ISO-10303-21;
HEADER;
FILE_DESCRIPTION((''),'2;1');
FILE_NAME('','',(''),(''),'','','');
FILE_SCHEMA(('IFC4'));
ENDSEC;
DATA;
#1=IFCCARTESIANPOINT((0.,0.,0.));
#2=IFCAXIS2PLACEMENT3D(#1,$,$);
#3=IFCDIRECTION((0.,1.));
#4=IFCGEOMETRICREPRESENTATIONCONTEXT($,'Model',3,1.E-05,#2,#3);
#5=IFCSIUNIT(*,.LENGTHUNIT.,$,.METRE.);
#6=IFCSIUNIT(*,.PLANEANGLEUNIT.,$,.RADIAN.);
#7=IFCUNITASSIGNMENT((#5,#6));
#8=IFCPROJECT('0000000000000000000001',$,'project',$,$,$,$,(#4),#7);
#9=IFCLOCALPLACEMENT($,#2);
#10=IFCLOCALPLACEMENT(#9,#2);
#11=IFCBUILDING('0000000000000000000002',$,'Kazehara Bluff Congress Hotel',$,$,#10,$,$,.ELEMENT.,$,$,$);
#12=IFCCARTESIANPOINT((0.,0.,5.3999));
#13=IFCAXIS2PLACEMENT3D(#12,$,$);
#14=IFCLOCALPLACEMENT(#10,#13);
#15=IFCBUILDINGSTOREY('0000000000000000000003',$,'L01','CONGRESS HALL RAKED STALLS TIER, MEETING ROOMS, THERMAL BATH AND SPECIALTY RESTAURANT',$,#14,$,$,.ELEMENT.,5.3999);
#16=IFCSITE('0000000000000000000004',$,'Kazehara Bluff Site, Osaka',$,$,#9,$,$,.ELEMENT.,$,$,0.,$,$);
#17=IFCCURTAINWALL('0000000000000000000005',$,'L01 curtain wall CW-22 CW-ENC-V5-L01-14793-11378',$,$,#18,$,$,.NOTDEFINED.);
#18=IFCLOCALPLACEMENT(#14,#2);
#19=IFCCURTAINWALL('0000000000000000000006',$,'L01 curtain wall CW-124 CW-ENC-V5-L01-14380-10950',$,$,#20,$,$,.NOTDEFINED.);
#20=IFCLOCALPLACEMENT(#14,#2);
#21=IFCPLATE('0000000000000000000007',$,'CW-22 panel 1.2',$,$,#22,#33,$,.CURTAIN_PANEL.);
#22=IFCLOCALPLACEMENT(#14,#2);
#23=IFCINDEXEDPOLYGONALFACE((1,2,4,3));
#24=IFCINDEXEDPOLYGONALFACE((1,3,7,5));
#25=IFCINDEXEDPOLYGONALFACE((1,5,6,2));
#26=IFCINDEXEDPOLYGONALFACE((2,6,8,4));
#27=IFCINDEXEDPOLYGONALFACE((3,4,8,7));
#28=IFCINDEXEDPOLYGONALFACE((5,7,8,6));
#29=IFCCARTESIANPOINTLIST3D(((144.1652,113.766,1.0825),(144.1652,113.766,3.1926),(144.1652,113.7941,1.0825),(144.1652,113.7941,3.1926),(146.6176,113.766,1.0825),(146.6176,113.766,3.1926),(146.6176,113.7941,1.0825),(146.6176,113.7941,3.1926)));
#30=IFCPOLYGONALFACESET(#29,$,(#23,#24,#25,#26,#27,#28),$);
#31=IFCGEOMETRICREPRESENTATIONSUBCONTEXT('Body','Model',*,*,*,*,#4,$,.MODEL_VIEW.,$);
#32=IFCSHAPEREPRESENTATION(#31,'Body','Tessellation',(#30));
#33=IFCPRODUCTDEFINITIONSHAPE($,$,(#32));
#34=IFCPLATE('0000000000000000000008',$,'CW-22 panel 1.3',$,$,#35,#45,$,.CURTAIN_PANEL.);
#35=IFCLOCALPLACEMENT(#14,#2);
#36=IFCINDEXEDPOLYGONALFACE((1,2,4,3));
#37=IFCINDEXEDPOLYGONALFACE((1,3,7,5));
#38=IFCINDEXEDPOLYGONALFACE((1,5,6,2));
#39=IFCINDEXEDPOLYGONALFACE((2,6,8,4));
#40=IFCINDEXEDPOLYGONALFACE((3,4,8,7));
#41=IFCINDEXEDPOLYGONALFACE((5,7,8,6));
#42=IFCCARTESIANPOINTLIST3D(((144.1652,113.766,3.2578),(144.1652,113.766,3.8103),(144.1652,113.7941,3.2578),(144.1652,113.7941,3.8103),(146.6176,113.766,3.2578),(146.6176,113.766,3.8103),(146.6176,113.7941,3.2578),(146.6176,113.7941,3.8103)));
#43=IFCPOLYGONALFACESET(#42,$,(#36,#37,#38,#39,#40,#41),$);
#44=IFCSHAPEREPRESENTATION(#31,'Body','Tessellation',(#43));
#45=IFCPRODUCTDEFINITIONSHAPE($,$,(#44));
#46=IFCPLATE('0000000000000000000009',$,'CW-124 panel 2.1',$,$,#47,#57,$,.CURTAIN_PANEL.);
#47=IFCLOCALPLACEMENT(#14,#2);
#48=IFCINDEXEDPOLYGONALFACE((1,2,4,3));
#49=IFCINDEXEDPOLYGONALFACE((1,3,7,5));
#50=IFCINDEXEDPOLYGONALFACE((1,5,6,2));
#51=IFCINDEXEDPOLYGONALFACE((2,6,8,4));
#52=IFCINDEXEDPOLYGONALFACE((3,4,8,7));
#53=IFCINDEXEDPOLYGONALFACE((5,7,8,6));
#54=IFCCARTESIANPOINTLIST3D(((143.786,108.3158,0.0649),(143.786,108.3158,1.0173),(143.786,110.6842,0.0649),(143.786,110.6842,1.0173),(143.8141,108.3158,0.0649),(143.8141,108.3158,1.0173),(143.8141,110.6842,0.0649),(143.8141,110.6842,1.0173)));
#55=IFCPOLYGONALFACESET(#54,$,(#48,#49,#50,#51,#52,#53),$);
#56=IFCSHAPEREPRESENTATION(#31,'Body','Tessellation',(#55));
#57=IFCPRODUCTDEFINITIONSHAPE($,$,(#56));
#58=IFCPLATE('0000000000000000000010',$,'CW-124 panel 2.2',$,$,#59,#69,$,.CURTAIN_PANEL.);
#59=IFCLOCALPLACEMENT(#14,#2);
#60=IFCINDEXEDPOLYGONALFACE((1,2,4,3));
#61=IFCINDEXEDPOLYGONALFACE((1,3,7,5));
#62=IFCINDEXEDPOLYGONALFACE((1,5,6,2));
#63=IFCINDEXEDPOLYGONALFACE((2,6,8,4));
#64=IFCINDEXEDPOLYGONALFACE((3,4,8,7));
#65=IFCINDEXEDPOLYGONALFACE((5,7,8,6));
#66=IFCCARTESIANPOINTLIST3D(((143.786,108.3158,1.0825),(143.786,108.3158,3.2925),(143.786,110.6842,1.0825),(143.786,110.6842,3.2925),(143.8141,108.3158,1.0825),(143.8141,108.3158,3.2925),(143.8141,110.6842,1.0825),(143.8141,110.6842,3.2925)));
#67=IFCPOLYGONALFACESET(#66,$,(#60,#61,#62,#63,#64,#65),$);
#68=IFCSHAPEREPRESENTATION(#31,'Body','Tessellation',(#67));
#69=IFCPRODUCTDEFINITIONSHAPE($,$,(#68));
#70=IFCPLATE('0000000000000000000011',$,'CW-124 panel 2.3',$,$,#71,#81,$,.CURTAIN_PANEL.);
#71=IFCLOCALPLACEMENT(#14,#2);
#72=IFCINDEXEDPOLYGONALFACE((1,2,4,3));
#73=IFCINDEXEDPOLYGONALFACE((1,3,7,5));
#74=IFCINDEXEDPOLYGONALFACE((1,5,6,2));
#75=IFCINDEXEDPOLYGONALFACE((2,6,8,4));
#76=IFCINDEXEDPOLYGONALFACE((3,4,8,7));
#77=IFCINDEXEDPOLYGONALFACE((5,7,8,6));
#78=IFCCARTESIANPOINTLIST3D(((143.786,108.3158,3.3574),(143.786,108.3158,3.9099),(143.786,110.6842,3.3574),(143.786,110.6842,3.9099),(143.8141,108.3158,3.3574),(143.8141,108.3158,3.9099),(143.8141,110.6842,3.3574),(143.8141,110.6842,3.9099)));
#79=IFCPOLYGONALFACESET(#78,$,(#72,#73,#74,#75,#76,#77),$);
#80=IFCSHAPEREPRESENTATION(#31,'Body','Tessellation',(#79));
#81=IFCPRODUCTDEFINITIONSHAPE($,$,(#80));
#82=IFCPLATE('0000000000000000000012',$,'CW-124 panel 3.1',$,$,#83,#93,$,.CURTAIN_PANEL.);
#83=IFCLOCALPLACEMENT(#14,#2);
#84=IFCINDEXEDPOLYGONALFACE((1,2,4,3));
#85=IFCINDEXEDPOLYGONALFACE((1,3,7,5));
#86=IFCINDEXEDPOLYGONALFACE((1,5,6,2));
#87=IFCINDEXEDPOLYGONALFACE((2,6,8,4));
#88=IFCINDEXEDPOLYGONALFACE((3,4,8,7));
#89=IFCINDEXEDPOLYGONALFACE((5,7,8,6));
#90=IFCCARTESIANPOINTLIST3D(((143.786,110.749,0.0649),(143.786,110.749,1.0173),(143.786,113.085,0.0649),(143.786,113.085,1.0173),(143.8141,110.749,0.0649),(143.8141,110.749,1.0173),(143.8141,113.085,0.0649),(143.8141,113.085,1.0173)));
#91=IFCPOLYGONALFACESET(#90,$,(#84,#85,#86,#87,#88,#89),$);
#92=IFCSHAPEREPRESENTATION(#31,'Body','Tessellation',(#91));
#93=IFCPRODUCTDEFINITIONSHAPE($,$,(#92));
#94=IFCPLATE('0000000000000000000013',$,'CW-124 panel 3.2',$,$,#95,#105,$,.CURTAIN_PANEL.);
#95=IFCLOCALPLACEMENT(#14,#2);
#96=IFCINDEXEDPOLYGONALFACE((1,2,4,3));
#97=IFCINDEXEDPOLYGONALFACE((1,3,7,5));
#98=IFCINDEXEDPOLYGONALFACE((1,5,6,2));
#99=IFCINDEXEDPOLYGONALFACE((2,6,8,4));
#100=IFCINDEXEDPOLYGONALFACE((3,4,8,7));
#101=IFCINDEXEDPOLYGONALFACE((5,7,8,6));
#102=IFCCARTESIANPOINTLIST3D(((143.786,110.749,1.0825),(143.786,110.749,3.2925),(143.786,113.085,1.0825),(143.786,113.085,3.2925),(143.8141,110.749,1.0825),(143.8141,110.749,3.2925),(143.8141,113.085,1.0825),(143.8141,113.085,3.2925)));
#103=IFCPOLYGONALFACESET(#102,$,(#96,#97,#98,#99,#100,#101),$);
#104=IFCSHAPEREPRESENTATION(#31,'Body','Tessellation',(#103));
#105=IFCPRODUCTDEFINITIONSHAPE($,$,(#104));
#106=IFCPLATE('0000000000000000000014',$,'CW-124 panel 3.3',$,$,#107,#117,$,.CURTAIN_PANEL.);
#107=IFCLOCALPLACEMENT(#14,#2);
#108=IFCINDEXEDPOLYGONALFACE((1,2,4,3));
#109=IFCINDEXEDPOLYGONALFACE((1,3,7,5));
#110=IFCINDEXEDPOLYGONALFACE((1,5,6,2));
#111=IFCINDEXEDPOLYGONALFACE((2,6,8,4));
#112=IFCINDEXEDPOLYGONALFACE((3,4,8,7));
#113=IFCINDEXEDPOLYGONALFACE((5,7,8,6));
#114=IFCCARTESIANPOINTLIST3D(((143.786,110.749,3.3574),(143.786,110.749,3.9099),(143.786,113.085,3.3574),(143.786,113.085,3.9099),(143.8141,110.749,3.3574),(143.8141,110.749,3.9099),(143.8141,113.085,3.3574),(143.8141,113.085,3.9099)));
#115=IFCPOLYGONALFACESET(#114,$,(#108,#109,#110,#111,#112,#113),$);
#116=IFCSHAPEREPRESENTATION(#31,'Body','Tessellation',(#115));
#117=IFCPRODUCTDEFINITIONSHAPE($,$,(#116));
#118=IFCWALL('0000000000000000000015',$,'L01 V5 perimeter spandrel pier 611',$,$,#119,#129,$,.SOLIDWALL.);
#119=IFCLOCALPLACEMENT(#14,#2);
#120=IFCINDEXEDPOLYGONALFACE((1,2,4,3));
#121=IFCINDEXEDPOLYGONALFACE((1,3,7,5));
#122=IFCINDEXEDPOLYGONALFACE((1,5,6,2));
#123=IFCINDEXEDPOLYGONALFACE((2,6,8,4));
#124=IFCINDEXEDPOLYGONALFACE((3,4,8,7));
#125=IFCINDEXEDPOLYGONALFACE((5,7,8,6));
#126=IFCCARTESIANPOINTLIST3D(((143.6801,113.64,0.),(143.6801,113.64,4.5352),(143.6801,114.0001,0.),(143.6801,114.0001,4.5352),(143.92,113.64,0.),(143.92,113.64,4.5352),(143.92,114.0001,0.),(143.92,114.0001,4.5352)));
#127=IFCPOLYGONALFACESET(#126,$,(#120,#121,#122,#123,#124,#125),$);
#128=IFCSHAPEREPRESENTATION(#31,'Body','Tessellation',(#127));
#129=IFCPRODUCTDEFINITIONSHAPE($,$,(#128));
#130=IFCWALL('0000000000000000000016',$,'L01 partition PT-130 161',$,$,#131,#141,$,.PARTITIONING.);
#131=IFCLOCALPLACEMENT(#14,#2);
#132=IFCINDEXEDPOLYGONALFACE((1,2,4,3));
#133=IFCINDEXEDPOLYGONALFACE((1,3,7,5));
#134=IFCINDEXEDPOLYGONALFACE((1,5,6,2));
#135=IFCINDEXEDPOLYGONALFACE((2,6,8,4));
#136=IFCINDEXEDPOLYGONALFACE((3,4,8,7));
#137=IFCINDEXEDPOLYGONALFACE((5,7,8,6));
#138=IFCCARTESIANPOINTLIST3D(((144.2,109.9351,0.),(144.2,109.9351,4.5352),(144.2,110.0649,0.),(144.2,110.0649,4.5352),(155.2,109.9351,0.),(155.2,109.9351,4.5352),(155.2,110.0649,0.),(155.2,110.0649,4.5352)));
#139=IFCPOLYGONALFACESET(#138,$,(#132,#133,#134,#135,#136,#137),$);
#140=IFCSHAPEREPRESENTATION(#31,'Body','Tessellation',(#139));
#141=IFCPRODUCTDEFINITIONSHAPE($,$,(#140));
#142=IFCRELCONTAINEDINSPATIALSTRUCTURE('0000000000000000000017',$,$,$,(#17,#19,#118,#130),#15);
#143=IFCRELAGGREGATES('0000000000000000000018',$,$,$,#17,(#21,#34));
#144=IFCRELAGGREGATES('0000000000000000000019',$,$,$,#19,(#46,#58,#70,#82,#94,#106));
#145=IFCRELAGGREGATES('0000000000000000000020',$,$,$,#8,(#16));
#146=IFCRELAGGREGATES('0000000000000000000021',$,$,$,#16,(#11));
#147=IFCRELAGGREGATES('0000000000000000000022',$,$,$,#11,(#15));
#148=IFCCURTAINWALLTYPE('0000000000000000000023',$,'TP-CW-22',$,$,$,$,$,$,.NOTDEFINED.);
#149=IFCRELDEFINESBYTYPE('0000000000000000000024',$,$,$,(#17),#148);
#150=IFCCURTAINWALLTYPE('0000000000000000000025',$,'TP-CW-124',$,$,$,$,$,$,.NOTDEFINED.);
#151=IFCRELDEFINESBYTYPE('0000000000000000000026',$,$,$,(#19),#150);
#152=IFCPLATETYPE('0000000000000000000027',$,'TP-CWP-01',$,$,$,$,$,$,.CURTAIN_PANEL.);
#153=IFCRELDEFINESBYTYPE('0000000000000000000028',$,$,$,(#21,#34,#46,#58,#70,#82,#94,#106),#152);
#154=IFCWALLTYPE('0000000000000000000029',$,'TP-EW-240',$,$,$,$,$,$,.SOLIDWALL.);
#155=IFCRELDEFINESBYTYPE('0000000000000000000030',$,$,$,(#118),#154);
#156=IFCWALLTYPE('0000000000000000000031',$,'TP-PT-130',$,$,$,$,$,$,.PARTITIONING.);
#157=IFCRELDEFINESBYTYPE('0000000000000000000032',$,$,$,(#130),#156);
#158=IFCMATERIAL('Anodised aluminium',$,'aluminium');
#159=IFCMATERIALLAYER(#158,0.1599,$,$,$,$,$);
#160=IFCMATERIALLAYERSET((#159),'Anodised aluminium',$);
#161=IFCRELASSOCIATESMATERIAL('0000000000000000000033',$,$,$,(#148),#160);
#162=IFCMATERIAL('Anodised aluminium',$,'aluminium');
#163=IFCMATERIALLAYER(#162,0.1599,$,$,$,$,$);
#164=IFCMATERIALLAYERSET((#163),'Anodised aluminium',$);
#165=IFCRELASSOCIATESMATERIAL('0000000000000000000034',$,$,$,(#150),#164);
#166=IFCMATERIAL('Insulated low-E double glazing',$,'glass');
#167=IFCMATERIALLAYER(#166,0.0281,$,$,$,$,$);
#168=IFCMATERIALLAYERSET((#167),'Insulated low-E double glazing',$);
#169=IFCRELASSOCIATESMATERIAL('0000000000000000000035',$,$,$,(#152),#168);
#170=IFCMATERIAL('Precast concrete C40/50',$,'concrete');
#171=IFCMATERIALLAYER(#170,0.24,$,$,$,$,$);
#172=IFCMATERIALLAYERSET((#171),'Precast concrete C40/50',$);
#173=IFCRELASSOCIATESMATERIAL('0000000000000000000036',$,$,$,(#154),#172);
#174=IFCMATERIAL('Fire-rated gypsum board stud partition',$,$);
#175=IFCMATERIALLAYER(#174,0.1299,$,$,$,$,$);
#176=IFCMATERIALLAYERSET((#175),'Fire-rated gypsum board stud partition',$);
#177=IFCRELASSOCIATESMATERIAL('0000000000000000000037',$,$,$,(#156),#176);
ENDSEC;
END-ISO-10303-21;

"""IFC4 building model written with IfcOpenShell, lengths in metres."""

from ifc_helpers import new_model, si_unit, direction, frame, frame_2d, origin, origin_2d, place, context, subcontext, project, spatial, rectangle, extrude, material, layer, layer_set, type_object, element, aggregate, save


model = new_model("IFC4")

# Units and contexts
model_context = context("Model", 3, precision=1e-05, world=origin(), true_north=direction((0.0, 1.0)))
body_context = subcontext(model_context, "Body", "Model", "MODEL_VIEW")
ifc_project = project(units=[si_unit("LENGTHUNIT", "METRE"), si_unit("PLANEANGLEUNIT", "RADIAN")], contexts=[model_context])

# Site, building, storey
site_placement = place(None, origin())
site = spatial("IfcSite", under=ifc_project, at=site_placement, Name="Kazehara Bluff Site, Osaka", CompositionType="ELEMENT", RefElevation=0.0)
building_placement = place(site_placement, origin())
building = spatial("IfcBuilding", under=site, at=building_placement, Name="Kazehara Bluff Congress Hotel", CompositionType="ELEMENT")
storey_placement = place(building_placement, frame((0.0, 0.0, 5.3999)))
storey = spatial("IfcBuildingStorey", under=building, at=storey_placement, Name="L01", Description="CONGRESS HALL RAKED STALLS TIER, MEETING ROOMS, THERMAL BATH AND SPECIALTY RESTAURANT", CompositionType="ELEMENT", Elevation=5.3999)

# Curtain walls
ifc_material_1 = material(Name="Anodised aluminium", Category="aluminium")
ifc_layer_1 = layer(ifc_material_1, 0.1599)
ifc_layer_set_1 = layer_set([ifc_layer_1], Name="Anodised aluminium")
curtain_wall_type_1 = type_object("IfcCurtainWallType", Name="TP-CW-22", PredefinedType="NOTDEFINED", material=ifc_layer_set_1)
curtain_wall_1_placement = place(storey_placement, origin())
curtain_wall_1 = element("IfcCurtainWall", 1, at=curtain_wall_1_placement, inside=storey, type_object=curtain_wall_type_1, Name="L01 curtain wall CW-22 CW-ENC-V5-L01-14793-11378", PredefinedType="NOTDEFINED")
ifc_material_2 = material(Name="Anodised aluminium", Category="aluminium")
ifc_layer_2 = layer(ifc_material_2, 0.1599)
ifc_layer_set_2 = layer_set([ifc_layer_2], Name="Anodised aluminium")
curtain_wall_type_2 = type_object("IfcCurtainWallType", Name="TP-CW-124", PredefinedType="NOTDEFINED", material=ifc_layer_set_2)
curtain_wall_2_placement = place(storey_placement, origin())
curtain_wall_2 = element("IfcCurtainWall", 2, at=curtain_wall_2_placement, inside=storey, type_object=curtain_wall_type_2, Name="L01 curtain wall CW-124 CW-ENC-V5-L01-14380-10950", PredefinedType="NOTDEFINED")

# Plates
ifc_material_3 = material(Name="Insulated low-E double glazing", Category="glass")
ifc_layer_3 = layer(ifc_material_3, 0.0281)
ifc_layer_set_3 = layer_set([ifc_layer_3], Name="Insulated low-E double glazing")
plate_type = type_object("IfcPlateType", Name="TP-CWP-01", PredefinedType="CURTAIN_PANEL", material=ifc_layer_set_3)
plate_1_placement = place(storey_placement, frame((145.3914, 113.78, 1.0825), z_axis=(0.0, 0.0, 1.0), x_axis=(1.0, 0.0, 0.0)))
plate_1 = element("IfcPlate", 3, at=plate_1_placement, type_object=plate_type, Name="CW-22 panel 1.2", PredefinedType="CURTAIN_PANEL", context=body_context, shape_type="SweptSolid", body=[
    extrude(rectangle(XDim=2.4524, YDim=0.0281, at=origin_2d()), origin(), (0.0, 0.0, 1.0), 2.1101),
])
plate_2_placement = place(storey_placement, frame((145.3914, 113.78, 3.2578), z_axis=(0.0, 0.0, 1.0), x_axis=(1.0, 0.0, 0.0)))
plate_2 = element("IfcPlate", 4, at=plate_2_placement, type_object=plate_type, Name="CW-22 panel 1.3", PredefinedType="CURTAIN_PANEL", context=body_context, shape_type="SweptSolid", body=[
    extrude(rectangle(XDim=2.4524, YDim=0.0281, at=origin_2d()), origin(), (0.0, 0.0, 1.0), 0.5525),
])
aggregate(curtain_wall_1, [plate_1, plate_2])
plate_3_placement = place(storey_placement, frame((143.8, 109.5, 0.0649), z_axis=(0.0, 0.0, 1.0), x_axis=(0.0, 1.0, 0.0)))
plate_3 = element("IfcPlate", 5, at=plate_3_placement, type_object=plate_type, Name="CW-124 panel 2.1", PredefinedType="CURTAIN_PANEL", context=body_context, shape_type="SweptSolid", body=[
    extrude(rectangle(XDim=2.3684, YDim=0.0281, at=origin_2d()), origin(), (0.0, 0.0, 1.0), 0.9524),
])
plate_4_placement = place(storey_placement, frame((143.8, 109.5, 1.0825), z_axis=(0.0, 0.0, 1.0), x_axis=(0.0, 1.0, 0.0)))
plate_4 = element("IfcPlate", 6, at=plate_4_placement, type_object=plate_type, Name="CW-124 panel 2.2", PredefinedType="CURTAIN_PANEL", context=body_context, shape_type="SweptSolid", body=[
    extrude(rectangle(XDim=2.3684, YDim=0.0281, at=origin_2d()), origin(), (0.0, 0.0, 1.0), 2.21),
])
plate_5_placement = place(storey_placement, frame((143.8, 109.5, 3.3574), z_axis=(0.0, 0.0, 1.0), x_axis=(0.0, 1.0, 0.0)))
plate_5 = element("IfcPlate", 7, at=plate_5_placement, type_object=plate_type, Name="CW-124 panel 2.3", PredefinedType="CURTAIN_PANEL", context=body_context, shape_type="SweptSolid", body=[
    extrude(rectangle(XDim=2.3684, YDim=0.0281, at=origin_2d()), origin(), (0.0, 0.0, 1.0), 0.5525),
])
plate_6_placement = place(storey_placement, frame((143.8, 111.917, 0.0649), z_axis=(0.0, 0.0, 1.0), x_axis=(0.0, 1.0, 0.0)))
plate_6 = element("IfcPlate", 8, at=plate_6_placement, type_object=plate_type, Name="CW-124 panel 3.1", PredefinedType="CURTAIN_PANEL", context=body_context, shape_type="SweptSolid", body=[
    extrude(rectangle(XDim=2.3359, YDim=0.0281, at=origin_2d()), origin(), (0.0, 0.0, 1.0), 0.9524),
])
plate_7_placement = place(storey_placement, frame((143.8, 111.917, 1.0825), z_axis=(0.0, 0.0, 1.0), x_axis=(0.0, 1.0, 0.0)))
plate_7 = element("IfcPlate", 9, at=plate_7_placement, type_object=plate_type, Name="CW-124 panel 3.2", PredefinedType="CURTAIN_PANEL", context=body_context, shape_type="SweptSolid", body=[
    extrude(rectangle(XDim=2.3359, YDim=0.0281, at=origin_2d()), origin(), (0.0, 0.0, 1.0), 2.21),
])
plate_8_placement = place(storey_placement, frame((143.8, 111.917, 3.3574), z_axis=(0.0, 0.0, 1.0), x_axis=(0.0, 1.0, 0.0)))
plate_8 = element("IfcPlate", 10, at=plate_8_placement, type_object=plate_type, Name="CW-124 panel 3.3", PredefinedType="CURTAIN_PANEL", context=body_context, shape_type="SweptSolid", body=[
    extrude(rectangle(XDim=2.3359, YDim=0.0281, at=origin_2d()), origin(), (0.0, 0.0, 1.0), 0.5525),
])
aggregate(curtain_wall_2, [plate_3, plate_4, plate_5, plate_6, plate_7, plate_8])

# Walls
ifc_material_4 = material(Name="Precast concrete C40/50", Category="concrete")
ifc_layer_4 = layer(ifc_material_4, 0.24)
ifc_layer_set_4 = layer_set([ifc_layer_4], Name="Precast concrete C40/50")
wall_type_1 = type_object("IfcWallType", Name="TP-EW-240", PredefinedType="SOLIDWALL", material=ifc_layer_set_4)
wall_1_placement = place(storey_placement, frame((143.8, 113.6399, 0.0), z_axis=(0.0, 0.0, 1.0), x_axis=(0.0, 1.0, 0.0)))
element("IfcWall", 11, at=wall_1_placement, inside=storey, type_object=wall_type_1, Name="L01 V5 perimeter spandrel pier 611", PredefinedType="SOLIDWALL", context=body_context, shape_type="SweptSolid", body=[
    extrude(rectangle(XDim=0.3601, YDim=0.24, at=frame_2d((0.1802, 0.0))), origin(), (0.0, 0.0, 1.0), 4.5352),
])
ifc_material_5 = material(Name="Fire-rated gypsum board stud partition")
ifc_layer_5 = layer(ifc_material_5, 0.1299)
ifc_layer_set_5 = layer_set([ifc_layer_5], Name="Fire-rated gypsum board stud partition")
wall_type_2 = type_object("IfcWallType", Name="TP-PT-130", PredefinedType="PARTITIONING", material=ifc_layer_set_5)
wall_2_placement = place(storey_placement, frame((144.2, 110.0, 0.0), z_axis=(0.0, 0.0, 1.0), x_axis=(1.0, 0.0, 0.0)))
element("IfcWall", 12, at=wall_2_placement, inside=storey, type_object=wall_type_2, Name="L01 partition PT-130 161", PredefinedType="PARTITIONING", context=body_context, shape_type="SweptSolid", body=[
    extrude(rectangle(XDim=11.0, YDim=0.1299, at=frame_2d((5.5, 0.0))), origin(), (0.0, 0.0, 1.0), 4.5352),
])

save(model, "model.ifc")
